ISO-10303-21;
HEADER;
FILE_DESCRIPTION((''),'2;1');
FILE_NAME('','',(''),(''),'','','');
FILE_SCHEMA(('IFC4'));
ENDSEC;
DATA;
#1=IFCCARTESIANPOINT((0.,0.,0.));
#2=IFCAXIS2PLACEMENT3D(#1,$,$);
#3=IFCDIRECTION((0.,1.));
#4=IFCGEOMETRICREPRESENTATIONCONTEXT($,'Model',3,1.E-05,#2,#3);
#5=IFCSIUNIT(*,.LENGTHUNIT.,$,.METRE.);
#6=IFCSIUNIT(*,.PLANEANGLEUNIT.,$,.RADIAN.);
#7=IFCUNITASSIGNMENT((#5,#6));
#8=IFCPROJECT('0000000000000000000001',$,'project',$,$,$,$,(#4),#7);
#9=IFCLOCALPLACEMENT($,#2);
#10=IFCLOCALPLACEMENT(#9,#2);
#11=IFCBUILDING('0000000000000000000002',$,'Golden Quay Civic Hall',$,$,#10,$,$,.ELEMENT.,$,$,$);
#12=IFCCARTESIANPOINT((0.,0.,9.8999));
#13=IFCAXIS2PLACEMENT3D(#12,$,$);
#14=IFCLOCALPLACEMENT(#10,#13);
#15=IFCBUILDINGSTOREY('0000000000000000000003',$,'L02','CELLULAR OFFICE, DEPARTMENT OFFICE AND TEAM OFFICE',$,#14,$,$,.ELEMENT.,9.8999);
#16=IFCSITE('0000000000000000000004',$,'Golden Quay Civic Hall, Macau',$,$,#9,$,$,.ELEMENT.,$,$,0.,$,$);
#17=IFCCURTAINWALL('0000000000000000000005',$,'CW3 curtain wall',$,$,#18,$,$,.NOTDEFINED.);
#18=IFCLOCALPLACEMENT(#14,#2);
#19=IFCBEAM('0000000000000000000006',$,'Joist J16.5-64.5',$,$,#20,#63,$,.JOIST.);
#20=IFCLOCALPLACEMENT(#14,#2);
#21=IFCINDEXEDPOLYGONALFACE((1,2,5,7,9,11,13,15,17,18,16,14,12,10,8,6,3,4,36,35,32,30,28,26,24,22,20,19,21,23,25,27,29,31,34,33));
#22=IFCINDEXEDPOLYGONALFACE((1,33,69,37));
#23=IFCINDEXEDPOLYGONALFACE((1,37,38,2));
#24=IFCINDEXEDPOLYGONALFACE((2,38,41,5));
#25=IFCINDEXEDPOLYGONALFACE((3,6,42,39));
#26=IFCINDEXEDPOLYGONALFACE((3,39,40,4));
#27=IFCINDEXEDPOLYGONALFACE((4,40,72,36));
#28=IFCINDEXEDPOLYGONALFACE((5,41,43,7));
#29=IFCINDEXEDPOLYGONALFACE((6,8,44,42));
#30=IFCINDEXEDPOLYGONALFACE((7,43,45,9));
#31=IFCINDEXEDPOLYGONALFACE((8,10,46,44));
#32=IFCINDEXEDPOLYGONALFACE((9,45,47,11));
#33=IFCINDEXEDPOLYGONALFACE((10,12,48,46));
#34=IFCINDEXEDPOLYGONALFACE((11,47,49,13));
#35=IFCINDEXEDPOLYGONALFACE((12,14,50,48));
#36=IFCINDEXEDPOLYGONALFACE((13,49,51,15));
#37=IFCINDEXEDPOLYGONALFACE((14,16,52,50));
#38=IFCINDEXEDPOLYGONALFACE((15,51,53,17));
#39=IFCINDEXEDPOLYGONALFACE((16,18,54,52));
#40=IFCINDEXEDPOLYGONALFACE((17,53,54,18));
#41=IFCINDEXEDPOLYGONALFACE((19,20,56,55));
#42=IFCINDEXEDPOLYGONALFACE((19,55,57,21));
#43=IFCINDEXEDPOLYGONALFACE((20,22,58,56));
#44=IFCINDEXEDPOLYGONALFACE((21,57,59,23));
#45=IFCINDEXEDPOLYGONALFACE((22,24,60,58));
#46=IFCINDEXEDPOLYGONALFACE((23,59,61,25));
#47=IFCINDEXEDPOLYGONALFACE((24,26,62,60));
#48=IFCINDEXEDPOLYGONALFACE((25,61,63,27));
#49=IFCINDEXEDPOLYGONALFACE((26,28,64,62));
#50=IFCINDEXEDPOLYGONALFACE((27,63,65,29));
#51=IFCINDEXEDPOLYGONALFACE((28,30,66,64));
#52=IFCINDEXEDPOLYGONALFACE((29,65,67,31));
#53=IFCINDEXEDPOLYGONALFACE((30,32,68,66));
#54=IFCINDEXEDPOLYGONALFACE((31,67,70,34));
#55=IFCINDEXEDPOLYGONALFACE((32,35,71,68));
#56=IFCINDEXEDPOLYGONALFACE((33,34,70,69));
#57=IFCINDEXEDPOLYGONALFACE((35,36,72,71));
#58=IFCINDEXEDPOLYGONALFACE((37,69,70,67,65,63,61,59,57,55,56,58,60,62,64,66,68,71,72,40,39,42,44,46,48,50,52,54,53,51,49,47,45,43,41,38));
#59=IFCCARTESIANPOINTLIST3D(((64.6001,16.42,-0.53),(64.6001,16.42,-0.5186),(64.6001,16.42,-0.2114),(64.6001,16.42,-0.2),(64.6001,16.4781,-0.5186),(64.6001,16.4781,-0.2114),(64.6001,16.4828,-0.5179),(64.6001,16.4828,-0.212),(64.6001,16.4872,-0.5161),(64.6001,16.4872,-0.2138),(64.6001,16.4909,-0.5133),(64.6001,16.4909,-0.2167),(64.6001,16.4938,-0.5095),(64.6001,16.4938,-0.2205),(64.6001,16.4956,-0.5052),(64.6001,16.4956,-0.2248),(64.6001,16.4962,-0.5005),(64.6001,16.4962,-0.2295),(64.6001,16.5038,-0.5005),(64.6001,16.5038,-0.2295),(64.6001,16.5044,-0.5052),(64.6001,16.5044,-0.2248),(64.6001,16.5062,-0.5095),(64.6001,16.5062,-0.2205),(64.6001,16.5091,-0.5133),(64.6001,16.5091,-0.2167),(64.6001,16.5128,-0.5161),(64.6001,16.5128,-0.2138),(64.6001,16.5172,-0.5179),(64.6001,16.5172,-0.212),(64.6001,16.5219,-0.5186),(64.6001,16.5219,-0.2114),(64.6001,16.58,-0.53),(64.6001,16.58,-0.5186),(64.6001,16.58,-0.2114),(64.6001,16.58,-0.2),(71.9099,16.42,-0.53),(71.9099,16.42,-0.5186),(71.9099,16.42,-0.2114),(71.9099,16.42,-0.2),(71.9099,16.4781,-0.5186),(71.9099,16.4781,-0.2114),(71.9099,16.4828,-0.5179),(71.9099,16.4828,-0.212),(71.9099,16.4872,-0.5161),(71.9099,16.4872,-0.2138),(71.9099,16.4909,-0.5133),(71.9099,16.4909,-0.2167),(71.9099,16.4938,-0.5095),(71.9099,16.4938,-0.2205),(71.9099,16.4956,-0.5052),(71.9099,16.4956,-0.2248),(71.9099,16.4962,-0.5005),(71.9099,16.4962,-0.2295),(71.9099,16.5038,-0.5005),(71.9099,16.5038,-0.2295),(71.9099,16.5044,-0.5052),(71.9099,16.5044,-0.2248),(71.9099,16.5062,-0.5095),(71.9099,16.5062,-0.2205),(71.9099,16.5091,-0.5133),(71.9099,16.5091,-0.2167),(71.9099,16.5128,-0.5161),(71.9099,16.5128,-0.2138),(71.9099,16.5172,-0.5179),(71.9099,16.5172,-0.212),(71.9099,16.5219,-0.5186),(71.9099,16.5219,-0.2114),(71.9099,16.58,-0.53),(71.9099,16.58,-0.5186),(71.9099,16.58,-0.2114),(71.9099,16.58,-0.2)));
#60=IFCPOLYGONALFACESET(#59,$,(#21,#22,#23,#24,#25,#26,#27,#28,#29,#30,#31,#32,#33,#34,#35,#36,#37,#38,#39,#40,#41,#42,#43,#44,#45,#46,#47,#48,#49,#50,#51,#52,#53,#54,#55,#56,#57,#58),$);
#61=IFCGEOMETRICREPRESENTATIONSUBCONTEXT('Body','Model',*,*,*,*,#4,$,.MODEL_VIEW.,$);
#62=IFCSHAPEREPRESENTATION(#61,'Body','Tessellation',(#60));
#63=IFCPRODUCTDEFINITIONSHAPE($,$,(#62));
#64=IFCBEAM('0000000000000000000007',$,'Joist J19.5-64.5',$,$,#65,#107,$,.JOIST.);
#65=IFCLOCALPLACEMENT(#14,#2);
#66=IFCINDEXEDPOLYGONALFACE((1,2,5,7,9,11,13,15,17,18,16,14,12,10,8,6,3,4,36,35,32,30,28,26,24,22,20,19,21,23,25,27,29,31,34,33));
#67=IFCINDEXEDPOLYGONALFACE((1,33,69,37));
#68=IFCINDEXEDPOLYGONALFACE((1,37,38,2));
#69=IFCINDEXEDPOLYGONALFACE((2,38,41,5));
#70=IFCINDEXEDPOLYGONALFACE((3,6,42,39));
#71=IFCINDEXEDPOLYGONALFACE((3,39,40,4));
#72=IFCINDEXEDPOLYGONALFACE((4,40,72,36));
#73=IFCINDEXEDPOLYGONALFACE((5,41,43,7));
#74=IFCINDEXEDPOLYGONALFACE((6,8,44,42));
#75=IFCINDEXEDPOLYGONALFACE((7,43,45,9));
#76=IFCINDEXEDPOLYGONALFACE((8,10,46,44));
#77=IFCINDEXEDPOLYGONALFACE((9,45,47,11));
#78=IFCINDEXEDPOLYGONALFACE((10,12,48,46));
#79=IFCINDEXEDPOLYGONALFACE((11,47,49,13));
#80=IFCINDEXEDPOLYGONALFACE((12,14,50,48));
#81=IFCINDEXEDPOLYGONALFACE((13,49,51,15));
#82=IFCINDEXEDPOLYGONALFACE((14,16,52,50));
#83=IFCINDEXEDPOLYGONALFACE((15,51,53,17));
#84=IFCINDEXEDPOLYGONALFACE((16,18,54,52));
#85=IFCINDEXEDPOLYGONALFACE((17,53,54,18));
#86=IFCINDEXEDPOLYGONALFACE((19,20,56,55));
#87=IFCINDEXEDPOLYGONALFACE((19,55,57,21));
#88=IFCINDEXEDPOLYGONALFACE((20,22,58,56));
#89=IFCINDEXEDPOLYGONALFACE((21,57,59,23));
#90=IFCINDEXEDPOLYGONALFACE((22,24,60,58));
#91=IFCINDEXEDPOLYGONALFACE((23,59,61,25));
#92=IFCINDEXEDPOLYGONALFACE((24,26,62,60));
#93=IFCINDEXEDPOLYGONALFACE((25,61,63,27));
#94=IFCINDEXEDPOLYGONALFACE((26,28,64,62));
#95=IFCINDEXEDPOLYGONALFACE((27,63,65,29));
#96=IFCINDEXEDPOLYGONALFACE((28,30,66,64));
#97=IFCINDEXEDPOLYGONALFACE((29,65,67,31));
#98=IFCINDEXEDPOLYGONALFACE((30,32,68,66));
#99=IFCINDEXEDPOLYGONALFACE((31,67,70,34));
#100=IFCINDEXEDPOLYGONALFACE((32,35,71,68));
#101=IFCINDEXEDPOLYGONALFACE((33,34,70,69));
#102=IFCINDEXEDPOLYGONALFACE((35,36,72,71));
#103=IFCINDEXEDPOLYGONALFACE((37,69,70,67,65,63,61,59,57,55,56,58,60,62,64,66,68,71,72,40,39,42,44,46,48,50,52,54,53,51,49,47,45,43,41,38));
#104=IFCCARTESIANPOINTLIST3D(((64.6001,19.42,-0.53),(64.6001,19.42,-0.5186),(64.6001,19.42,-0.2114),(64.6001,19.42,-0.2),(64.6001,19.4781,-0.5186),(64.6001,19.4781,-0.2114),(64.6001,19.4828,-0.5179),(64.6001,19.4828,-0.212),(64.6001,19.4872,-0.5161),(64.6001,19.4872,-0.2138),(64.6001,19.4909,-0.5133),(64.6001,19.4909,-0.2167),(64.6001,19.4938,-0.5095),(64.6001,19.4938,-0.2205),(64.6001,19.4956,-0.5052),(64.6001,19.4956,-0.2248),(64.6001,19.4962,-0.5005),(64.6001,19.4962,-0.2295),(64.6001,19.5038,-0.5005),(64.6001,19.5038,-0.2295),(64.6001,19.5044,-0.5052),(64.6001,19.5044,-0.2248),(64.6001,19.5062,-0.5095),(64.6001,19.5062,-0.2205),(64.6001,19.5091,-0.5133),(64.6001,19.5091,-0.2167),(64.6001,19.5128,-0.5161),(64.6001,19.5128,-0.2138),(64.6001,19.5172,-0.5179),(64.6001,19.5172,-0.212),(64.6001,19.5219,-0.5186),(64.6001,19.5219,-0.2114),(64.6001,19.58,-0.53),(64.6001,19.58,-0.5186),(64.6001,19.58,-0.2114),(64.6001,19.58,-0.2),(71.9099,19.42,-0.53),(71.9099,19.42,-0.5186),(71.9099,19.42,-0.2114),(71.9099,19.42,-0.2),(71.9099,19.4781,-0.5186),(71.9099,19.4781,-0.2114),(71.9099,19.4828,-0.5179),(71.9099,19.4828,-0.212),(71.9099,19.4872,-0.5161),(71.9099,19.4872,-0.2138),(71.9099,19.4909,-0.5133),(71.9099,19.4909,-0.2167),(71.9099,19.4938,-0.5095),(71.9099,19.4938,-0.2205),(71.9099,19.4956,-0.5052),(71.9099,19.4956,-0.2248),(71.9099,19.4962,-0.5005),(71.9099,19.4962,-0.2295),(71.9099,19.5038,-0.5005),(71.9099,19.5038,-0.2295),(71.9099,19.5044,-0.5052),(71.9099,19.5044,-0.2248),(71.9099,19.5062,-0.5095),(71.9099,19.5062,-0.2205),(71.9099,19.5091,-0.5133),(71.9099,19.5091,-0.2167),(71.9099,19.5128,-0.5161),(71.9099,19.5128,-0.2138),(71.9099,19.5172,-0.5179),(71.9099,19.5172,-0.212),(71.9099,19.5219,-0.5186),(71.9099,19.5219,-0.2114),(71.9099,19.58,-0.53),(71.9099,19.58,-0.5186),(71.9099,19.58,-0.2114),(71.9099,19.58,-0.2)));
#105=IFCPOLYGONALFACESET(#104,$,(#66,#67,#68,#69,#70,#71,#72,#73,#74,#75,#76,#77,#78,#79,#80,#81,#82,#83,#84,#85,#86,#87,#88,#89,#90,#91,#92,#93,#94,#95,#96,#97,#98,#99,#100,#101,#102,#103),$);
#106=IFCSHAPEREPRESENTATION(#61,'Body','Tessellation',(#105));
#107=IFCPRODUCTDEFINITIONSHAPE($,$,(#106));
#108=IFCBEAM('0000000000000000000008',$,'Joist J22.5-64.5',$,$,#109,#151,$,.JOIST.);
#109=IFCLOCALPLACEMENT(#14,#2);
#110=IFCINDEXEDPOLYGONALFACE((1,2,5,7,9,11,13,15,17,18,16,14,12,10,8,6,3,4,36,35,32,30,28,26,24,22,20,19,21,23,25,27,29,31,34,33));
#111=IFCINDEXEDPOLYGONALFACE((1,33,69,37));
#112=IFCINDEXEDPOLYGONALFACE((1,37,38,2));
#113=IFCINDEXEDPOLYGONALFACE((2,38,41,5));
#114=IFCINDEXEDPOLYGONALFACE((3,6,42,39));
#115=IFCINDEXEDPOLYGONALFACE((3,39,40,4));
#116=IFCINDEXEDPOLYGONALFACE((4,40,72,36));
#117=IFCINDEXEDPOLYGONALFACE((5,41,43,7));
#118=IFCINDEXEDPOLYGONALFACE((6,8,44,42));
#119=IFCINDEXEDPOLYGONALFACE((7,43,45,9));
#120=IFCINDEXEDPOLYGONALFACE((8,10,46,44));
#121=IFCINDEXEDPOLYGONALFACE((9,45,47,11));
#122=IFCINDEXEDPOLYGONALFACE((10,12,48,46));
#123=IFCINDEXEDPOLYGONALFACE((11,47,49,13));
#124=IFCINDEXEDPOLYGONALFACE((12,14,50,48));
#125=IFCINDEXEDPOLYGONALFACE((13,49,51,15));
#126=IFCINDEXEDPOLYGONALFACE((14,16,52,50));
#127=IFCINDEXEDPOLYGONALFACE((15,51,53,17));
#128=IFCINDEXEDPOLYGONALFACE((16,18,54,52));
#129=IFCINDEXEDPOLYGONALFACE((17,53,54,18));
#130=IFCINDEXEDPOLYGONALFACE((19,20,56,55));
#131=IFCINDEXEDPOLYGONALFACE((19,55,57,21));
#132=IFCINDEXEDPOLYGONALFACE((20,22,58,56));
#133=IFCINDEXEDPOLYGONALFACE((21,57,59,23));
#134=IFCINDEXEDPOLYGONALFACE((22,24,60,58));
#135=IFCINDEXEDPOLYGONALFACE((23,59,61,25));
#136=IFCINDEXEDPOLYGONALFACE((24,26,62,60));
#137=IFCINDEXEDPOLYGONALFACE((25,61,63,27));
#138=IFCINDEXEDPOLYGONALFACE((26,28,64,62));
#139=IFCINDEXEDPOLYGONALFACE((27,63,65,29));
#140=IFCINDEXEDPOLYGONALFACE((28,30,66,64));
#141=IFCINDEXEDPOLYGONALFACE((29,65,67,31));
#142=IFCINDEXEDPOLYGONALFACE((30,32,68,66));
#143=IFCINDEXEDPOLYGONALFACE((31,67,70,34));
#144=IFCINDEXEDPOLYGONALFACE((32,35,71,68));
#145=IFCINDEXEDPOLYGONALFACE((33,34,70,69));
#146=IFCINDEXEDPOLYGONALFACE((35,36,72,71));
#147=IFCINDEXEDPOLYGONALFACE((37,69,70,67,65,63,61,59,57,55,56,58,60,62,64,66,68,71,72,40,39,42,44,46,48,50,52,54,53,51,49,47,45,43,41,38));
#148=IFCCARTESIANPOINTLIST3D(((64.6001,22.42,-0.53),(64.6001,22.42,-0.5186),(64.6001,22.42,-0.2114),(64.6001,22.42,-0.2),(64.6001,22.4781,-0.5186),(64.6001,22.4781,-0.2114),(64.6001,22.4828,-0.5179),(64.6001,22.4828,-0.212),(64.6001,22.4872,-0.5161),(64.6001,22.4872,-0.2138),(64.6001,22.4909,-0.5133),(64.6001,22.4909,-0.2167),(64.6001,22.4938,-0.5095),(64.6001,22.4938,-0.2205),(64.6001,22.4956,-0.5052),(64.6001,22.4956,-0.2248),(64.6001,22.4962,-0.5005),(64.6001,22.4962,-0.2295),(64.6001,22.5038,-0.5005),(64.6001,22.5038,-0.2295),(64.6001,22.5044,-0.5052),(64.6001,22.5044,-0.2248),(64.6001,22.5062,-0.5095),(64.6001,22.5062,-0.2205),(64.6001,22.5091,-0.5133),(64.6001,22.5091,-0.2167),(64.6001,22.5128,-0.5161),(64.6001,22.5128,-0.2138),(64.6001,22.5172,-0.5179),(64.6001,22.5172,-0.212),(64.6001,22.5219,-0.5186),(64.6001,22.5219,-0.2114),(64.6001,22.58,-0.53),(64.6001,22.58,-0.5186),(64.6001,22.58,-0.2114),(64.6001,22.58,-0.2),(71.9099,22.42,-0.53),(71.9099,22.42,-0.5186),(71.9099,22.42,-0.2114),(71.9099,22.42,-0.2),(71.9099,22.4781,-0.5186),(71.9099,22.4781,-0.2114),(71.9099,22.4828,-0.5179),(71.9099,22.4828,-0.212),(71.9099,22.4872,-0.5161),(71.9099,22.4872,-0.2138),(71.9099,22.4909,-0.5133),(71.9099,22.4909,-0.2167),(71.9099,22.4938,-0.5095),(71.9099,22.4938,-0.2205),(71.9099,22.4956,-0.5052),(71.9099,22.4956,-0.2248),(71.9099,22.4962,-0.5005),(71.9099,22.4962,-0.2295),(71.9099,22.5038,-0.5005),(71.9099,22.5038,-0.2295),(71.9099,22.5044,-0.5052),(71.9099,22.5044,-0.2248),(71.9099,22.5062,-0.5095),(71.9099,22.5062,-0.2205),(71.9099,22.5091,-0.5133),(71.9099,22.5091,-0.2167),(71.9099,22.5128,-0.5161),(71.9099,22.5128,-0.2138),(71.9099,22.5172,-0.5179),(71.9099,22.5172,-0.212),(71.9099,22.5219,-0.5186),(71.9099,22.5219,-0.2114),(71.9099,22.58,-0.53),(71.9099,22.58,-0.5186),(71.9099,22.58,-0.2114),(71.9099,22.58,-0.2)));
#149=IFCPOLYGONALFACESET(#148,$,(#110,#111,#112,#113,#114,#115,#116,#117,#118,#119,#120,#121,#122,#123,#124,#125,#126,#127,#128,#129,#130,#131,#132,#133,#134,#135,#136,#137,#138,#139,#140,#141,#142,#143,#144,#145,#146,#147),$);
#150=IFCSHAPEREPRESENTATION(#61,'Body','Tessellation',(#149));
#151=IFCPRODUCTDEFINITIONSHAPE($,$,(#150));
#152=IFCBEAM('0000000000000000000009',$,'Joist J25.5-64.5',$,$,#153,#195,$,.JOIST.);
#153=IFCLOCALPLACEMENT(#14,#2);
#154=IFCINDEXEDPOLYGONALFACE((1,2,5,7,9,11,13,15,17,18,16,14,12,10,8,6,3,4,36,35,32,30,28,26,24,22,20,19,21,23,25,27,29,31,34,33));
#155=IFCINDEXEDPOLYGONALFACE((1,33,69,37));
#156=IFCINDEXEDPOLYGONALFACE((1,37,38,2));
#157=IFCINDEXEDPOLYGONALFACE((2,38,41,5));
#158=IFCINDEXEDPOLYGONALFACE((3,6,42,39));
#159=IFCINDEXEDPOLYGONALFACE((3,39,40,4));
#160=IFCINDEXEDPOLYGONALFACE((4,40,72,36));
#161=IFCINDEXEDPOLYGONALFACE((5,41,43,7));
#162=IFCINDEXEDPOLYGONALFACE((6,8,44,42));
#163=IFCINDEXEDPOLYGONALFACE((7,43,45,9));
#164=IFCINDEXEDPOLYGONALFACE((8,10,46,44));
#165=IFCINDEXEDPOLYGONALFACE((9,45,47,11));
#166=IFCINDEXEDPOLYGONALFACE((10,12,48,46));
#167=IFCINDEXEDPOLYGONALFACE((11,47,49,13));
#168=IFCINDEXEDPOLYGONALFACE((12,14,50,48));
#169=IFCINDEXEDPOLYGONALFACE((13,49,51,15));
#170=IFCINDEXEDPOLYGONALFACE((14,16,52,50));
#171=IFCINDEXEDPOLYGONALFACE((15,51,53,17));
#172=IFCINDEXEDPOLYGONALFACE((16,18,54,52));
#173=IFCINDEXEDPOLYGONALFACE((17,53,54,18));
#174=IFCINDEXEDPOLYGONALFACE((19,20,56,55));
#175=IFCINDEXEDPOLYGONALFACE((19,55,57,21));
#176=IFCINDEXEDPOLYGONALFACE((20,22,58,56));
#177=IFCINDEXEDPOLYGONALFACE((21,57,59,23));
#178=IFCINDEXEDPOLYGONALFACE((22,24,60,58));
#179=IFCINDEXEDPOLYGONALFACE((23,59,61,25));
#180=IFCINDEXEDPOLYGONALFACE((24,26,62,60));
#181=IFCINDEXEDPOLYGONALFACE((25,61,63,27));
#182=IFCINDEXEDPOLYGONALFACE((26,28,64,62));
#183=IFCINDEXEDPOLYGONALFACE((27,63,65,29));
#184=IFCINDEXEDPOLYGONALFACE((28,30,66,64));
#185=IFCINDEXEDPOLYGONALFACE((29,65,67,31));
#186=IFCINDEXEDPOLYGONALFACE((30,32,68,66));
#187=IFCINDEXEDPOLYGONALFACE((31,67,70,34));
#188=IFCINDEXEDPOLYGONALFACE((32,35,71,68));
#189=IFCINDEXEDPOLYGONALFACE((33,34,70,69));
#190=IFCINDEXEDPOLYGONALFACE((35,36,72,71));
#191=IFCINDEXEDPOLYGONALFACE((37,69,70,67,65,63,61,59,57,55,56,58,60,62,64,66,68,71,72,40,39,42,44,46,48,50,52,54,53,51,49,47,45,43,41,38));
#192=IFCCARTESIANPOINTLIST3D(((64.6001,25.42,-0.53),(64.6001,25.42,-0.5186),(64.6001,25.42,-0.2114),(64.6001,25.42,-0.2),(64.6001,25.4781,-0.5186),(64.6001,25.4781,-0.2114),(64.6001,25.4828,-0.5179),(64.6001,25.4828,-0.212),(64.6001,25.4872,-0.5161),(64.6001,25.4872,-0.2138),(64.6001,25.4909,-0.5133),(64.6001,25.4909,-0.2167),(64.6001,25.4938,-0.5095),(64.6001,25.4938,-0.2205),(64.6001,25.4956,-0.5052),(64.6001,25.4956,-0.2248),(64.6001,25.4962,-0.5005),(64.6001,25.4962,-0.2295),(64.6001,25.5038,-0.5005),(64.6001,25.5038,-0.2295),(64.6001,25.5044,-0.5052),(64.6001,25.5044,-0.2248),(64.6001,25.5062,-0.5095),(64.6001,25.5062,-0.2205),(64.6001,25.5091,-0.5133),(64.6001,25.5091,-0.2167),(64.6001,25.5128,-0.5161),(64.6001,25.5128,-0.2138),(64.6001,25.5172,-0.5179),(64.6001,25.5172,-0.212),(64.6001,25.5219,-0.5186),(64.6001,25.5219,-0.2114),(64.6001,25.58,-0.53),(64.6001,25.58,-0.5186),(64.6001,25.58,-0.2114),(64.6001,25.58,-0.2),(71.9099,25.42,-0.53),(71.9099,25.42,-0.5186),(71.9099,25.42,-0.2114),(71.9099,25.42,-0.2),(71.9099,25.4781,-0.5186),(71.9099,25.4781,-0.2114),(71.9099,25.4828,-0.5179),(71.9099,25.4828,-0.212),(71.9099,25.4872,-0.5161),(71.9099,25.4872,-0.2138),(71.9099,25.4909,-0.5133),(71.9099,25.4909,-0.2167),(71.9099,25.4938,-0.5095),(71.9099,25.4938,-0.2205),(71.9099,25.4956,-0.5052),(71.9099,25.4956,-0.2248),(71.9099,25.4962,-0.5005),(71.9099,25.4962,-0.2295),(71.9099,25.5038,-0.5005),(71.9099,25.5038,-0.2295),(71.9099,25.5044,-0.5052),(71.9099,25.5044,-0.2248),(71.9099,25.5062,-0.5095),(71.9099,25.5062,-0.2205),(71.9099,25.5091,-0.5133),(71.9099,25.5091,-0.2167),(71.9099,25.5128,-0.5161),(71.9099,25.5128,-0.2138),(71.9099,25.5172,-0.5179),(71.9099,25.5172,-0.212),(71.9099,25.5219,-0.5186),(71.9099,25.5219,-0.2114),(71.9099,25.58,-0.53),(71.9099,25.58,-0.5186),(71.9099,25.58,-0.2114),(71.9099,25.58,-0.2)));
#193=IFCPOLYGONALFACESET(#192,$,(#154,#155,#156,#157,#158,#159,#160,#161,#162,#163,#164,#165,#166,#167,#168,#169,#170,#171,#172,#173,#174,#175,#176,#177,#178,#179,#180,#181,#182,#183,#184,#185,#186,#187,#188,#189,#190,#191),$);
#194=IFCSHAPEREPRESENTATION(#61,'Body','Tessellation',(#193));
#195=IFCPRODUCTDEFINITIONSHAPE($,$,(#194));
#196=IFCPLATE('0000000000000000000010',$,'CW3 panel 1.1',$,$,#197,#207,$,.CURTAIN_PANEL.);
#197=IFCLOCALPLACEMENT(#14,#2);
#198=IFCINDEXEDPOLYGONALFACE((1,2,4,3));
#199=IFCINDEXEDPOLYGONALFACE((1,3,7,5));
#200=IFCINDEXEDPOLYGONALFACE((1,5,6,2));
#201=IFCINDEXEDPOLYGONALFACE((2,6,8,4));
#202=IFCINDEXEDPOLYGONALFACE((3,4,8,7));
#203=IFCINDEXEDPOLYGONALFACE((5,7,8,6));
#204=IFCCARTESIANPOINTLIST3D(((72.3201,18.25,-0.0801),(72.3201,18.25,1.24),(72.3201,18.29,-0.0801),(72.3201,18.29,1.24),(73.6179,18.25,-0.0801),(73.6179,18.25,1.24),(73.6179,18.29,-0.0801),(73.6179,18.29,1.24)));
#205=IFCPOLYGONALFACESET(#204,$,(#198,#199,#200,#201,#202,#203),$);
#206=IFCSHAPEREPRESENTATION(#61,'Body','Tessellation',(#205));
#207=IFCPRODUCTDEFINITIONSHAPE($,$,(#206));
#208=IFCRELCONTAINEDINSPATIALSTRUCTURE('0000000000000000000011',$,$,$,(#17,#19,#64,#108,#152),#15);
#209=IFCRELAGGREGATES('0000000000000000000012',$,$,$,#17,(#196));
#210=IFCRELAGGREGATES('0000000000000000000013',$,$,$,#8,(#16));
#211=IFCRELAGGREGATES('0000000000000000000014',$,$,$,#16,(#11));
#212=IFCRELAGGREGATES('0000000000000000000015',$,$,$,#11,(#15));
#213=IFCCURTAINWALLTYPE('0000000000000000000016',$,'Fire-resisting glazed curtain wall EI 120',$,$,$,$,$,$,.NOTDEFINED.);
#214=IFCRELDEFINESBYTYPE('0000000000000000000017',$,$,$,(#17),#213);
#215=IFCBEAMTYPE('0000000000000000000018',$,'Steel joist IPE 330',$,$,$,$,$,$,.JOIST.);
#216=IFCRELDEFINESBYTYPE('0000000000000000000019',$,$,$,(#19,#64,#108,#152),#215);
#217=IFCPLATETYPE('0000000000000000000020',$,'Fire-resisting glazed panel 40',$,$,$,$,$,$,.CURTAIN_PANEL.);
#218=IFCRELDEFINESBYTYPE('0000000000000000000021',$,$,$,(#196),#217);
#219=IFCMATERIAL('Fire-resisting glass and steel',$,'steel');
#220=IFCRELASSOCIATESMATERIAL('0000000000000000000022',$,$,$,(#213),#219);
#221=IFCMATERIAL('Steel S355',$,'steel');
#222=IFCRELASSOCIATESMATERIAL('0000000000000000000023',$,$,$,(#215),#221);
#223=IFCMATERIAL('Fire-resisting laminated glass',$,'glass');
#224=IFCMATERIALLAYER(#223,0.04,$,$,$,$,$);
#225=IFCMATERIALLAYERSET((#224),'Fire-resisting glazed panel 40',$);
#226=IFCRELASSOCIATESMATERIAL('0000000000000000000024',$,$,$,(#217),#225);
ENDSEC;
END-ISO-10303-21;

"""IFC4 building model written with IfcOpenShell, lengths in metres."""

from ifc_helpers import new_model, si_unit, direction, frame, origin, origin_2d, place, context, subcontext, project, spatial, rectangle, i_section, extrude, material, layer, layer_set, material_profile, profile_set, type_object, element, aggregate, save


model = new_model("IFC4")

# Units and contexts
model_context = context("Model", 3, precision=1e-05, world=origin(), true_north=direction((0.0, 1.0)))
body_context = subcontext(model_context, "Body", "Model", "MODEL_VIEW")
ifc_project = project(units=[si_unit("LENGTHUNIT", "METRE"), si_unit("PLANEANGLEUNIT", "RADIAN")], contexts=[model_context])

# Site, building, storey
site_placement = place(None, origin())
site = spatial("IfcSite", under=ifc_project, at=site_placement, Name="Golden Quay Civic Hall, Macau", CompositionType="ELEMENT", RefElevation=0.0)
building_placement = place(site_placement, origin())
building = spatial("IfcBuilding", under=site, at=building_placement, Name="Golden Quay Civic Hall", CompositionType="ELEMENT")
storey_placement = place(building_placement, frame((0.0, 0.0, 9.8999)))
storey = spatial("IfcBuildingStorey", under=building, at=storey_placement, Name="L02", Description="CELLULAR OFFICE, DEPARTMENT OFFICE AND TEAM OFFICE", CompositionType="ELEMENT", Elevation=9.8999)

# Curtain wall
ifc_material_1 = material(Name="Fire-resisting glass and steel", Category="steel")
curtain_wall_type = type_object("IfcCurtainWallType", Name="Fire-resisting glazed curtain wall EI 120", PredefinedType="NOTDEFINED", material=ifc_material_1)
curtain_wall_placement = place(storey_placement, origin())
curtain_wall = element("IfcCurtainWall", 1, at=curtain_wall_placement, inside=storey, type_object=curtain_wall_type, Name="CW3 curtain wall", PredefinedType="NOTDEFINED")

# Beams
ifc_material_2 = material(Name="Steel S355", Category="steel")
ifc_material_profile_1 = material_profile(ifc_material_2, i_section(OverallWidth=0.1599, OverallDepth=0.3301, WebThickness=0.0076, FlangeThickness=0.0115, FilletRadius=0.0181, at=origin_2d()), Name="IPE 330")
ifc_profile_set_1 = profile_set([ifc_material_profile_1], Name="Steel S355")
beam_type_1 = type_object("IfcBeamType", Name="Steel joist IPE 330", PredefinedType="JOIST", material=ifc_profile_set_1)
for number, where, z_axis, x_axis, name in (
    (2, (64.6001, 16.5, -0.365), (1.0, 0.0, 0.0), (0.0, 1.0, 0.0), "Joist J16.5-64.5"),
    (3, (64.6001, 19.5, -0.365), (1.0, 0.0, 0.0), (0.0, 1.0, 0.0), "Joist J19.5-64.5"),
    (4, (64.6001, 22.5, -0.365), (1.0, 0.0, 0.0), (0.0, 1.0, 0.0), "Joist J22.5-64.5"),
    (5, (64.6001, 25.5, -0.365), (1.0, 0.0, 0.0), (0.0, 1.0, 0.0), "Joist J25.5-64.5"),
):
    element("IfcBeam", number, at=place(storey_placement, frame(where, z_axis=z_axis, x_axis=x_axis)), inside=storey, type_object=beam_type_1, Name=name, PredefinedType="JOIST", context=body_context, shape_type="SweptSolid", body=[
        extrude(i_section(OverallWidth=0.1599, OverallDepth=0.3301, WebThickness=0.0076, FlangeThickness=0.0115, FilletRadius=0.0181, at=origin_2d()), origin(), (0.0, 0.0, 1.0), 7.3098),
    ])

# Plate
ifc_material_3 = material(Name="Fire-resisting laminated glass", Category="glass")
ifc_layer_1 = layer(ifc_material_3, 0.04)
ifc_layer_set_1 = layer_set([ifc_layer_1], Name="Fire-resisting glazed panel 40")
plate_type = type_object("IfcPlateType", Name="Fire-resisting glazed panel 40", PredefinedType="CURTAIN_PANEL", material=ifc_layer_set_1)
plate_1_placement = place(storey_placement, frame((72.969, 18.27, -0.0801), z_axis=(0.0, 0.0, 1.0), x_axis=(1.0, 0.0, 0.0)))
plate_1 = element("IfcPlate", 6, at=plate_1_placement, type_object=plate_type, Name="CW3 panel 1.1", PredefinedType="CURTAIN_PANEL", context=body_context, shape_type="SweptSolid", body=[
    extrude(rectangle(XDim=1.2979, YDim=0.04, at=origin_2d()), origin(), (0.0, 0.0, 1.0), 1.3201),
])
aggregate(curtain_wall, [plate_1])

save(model, "model.ifc")
